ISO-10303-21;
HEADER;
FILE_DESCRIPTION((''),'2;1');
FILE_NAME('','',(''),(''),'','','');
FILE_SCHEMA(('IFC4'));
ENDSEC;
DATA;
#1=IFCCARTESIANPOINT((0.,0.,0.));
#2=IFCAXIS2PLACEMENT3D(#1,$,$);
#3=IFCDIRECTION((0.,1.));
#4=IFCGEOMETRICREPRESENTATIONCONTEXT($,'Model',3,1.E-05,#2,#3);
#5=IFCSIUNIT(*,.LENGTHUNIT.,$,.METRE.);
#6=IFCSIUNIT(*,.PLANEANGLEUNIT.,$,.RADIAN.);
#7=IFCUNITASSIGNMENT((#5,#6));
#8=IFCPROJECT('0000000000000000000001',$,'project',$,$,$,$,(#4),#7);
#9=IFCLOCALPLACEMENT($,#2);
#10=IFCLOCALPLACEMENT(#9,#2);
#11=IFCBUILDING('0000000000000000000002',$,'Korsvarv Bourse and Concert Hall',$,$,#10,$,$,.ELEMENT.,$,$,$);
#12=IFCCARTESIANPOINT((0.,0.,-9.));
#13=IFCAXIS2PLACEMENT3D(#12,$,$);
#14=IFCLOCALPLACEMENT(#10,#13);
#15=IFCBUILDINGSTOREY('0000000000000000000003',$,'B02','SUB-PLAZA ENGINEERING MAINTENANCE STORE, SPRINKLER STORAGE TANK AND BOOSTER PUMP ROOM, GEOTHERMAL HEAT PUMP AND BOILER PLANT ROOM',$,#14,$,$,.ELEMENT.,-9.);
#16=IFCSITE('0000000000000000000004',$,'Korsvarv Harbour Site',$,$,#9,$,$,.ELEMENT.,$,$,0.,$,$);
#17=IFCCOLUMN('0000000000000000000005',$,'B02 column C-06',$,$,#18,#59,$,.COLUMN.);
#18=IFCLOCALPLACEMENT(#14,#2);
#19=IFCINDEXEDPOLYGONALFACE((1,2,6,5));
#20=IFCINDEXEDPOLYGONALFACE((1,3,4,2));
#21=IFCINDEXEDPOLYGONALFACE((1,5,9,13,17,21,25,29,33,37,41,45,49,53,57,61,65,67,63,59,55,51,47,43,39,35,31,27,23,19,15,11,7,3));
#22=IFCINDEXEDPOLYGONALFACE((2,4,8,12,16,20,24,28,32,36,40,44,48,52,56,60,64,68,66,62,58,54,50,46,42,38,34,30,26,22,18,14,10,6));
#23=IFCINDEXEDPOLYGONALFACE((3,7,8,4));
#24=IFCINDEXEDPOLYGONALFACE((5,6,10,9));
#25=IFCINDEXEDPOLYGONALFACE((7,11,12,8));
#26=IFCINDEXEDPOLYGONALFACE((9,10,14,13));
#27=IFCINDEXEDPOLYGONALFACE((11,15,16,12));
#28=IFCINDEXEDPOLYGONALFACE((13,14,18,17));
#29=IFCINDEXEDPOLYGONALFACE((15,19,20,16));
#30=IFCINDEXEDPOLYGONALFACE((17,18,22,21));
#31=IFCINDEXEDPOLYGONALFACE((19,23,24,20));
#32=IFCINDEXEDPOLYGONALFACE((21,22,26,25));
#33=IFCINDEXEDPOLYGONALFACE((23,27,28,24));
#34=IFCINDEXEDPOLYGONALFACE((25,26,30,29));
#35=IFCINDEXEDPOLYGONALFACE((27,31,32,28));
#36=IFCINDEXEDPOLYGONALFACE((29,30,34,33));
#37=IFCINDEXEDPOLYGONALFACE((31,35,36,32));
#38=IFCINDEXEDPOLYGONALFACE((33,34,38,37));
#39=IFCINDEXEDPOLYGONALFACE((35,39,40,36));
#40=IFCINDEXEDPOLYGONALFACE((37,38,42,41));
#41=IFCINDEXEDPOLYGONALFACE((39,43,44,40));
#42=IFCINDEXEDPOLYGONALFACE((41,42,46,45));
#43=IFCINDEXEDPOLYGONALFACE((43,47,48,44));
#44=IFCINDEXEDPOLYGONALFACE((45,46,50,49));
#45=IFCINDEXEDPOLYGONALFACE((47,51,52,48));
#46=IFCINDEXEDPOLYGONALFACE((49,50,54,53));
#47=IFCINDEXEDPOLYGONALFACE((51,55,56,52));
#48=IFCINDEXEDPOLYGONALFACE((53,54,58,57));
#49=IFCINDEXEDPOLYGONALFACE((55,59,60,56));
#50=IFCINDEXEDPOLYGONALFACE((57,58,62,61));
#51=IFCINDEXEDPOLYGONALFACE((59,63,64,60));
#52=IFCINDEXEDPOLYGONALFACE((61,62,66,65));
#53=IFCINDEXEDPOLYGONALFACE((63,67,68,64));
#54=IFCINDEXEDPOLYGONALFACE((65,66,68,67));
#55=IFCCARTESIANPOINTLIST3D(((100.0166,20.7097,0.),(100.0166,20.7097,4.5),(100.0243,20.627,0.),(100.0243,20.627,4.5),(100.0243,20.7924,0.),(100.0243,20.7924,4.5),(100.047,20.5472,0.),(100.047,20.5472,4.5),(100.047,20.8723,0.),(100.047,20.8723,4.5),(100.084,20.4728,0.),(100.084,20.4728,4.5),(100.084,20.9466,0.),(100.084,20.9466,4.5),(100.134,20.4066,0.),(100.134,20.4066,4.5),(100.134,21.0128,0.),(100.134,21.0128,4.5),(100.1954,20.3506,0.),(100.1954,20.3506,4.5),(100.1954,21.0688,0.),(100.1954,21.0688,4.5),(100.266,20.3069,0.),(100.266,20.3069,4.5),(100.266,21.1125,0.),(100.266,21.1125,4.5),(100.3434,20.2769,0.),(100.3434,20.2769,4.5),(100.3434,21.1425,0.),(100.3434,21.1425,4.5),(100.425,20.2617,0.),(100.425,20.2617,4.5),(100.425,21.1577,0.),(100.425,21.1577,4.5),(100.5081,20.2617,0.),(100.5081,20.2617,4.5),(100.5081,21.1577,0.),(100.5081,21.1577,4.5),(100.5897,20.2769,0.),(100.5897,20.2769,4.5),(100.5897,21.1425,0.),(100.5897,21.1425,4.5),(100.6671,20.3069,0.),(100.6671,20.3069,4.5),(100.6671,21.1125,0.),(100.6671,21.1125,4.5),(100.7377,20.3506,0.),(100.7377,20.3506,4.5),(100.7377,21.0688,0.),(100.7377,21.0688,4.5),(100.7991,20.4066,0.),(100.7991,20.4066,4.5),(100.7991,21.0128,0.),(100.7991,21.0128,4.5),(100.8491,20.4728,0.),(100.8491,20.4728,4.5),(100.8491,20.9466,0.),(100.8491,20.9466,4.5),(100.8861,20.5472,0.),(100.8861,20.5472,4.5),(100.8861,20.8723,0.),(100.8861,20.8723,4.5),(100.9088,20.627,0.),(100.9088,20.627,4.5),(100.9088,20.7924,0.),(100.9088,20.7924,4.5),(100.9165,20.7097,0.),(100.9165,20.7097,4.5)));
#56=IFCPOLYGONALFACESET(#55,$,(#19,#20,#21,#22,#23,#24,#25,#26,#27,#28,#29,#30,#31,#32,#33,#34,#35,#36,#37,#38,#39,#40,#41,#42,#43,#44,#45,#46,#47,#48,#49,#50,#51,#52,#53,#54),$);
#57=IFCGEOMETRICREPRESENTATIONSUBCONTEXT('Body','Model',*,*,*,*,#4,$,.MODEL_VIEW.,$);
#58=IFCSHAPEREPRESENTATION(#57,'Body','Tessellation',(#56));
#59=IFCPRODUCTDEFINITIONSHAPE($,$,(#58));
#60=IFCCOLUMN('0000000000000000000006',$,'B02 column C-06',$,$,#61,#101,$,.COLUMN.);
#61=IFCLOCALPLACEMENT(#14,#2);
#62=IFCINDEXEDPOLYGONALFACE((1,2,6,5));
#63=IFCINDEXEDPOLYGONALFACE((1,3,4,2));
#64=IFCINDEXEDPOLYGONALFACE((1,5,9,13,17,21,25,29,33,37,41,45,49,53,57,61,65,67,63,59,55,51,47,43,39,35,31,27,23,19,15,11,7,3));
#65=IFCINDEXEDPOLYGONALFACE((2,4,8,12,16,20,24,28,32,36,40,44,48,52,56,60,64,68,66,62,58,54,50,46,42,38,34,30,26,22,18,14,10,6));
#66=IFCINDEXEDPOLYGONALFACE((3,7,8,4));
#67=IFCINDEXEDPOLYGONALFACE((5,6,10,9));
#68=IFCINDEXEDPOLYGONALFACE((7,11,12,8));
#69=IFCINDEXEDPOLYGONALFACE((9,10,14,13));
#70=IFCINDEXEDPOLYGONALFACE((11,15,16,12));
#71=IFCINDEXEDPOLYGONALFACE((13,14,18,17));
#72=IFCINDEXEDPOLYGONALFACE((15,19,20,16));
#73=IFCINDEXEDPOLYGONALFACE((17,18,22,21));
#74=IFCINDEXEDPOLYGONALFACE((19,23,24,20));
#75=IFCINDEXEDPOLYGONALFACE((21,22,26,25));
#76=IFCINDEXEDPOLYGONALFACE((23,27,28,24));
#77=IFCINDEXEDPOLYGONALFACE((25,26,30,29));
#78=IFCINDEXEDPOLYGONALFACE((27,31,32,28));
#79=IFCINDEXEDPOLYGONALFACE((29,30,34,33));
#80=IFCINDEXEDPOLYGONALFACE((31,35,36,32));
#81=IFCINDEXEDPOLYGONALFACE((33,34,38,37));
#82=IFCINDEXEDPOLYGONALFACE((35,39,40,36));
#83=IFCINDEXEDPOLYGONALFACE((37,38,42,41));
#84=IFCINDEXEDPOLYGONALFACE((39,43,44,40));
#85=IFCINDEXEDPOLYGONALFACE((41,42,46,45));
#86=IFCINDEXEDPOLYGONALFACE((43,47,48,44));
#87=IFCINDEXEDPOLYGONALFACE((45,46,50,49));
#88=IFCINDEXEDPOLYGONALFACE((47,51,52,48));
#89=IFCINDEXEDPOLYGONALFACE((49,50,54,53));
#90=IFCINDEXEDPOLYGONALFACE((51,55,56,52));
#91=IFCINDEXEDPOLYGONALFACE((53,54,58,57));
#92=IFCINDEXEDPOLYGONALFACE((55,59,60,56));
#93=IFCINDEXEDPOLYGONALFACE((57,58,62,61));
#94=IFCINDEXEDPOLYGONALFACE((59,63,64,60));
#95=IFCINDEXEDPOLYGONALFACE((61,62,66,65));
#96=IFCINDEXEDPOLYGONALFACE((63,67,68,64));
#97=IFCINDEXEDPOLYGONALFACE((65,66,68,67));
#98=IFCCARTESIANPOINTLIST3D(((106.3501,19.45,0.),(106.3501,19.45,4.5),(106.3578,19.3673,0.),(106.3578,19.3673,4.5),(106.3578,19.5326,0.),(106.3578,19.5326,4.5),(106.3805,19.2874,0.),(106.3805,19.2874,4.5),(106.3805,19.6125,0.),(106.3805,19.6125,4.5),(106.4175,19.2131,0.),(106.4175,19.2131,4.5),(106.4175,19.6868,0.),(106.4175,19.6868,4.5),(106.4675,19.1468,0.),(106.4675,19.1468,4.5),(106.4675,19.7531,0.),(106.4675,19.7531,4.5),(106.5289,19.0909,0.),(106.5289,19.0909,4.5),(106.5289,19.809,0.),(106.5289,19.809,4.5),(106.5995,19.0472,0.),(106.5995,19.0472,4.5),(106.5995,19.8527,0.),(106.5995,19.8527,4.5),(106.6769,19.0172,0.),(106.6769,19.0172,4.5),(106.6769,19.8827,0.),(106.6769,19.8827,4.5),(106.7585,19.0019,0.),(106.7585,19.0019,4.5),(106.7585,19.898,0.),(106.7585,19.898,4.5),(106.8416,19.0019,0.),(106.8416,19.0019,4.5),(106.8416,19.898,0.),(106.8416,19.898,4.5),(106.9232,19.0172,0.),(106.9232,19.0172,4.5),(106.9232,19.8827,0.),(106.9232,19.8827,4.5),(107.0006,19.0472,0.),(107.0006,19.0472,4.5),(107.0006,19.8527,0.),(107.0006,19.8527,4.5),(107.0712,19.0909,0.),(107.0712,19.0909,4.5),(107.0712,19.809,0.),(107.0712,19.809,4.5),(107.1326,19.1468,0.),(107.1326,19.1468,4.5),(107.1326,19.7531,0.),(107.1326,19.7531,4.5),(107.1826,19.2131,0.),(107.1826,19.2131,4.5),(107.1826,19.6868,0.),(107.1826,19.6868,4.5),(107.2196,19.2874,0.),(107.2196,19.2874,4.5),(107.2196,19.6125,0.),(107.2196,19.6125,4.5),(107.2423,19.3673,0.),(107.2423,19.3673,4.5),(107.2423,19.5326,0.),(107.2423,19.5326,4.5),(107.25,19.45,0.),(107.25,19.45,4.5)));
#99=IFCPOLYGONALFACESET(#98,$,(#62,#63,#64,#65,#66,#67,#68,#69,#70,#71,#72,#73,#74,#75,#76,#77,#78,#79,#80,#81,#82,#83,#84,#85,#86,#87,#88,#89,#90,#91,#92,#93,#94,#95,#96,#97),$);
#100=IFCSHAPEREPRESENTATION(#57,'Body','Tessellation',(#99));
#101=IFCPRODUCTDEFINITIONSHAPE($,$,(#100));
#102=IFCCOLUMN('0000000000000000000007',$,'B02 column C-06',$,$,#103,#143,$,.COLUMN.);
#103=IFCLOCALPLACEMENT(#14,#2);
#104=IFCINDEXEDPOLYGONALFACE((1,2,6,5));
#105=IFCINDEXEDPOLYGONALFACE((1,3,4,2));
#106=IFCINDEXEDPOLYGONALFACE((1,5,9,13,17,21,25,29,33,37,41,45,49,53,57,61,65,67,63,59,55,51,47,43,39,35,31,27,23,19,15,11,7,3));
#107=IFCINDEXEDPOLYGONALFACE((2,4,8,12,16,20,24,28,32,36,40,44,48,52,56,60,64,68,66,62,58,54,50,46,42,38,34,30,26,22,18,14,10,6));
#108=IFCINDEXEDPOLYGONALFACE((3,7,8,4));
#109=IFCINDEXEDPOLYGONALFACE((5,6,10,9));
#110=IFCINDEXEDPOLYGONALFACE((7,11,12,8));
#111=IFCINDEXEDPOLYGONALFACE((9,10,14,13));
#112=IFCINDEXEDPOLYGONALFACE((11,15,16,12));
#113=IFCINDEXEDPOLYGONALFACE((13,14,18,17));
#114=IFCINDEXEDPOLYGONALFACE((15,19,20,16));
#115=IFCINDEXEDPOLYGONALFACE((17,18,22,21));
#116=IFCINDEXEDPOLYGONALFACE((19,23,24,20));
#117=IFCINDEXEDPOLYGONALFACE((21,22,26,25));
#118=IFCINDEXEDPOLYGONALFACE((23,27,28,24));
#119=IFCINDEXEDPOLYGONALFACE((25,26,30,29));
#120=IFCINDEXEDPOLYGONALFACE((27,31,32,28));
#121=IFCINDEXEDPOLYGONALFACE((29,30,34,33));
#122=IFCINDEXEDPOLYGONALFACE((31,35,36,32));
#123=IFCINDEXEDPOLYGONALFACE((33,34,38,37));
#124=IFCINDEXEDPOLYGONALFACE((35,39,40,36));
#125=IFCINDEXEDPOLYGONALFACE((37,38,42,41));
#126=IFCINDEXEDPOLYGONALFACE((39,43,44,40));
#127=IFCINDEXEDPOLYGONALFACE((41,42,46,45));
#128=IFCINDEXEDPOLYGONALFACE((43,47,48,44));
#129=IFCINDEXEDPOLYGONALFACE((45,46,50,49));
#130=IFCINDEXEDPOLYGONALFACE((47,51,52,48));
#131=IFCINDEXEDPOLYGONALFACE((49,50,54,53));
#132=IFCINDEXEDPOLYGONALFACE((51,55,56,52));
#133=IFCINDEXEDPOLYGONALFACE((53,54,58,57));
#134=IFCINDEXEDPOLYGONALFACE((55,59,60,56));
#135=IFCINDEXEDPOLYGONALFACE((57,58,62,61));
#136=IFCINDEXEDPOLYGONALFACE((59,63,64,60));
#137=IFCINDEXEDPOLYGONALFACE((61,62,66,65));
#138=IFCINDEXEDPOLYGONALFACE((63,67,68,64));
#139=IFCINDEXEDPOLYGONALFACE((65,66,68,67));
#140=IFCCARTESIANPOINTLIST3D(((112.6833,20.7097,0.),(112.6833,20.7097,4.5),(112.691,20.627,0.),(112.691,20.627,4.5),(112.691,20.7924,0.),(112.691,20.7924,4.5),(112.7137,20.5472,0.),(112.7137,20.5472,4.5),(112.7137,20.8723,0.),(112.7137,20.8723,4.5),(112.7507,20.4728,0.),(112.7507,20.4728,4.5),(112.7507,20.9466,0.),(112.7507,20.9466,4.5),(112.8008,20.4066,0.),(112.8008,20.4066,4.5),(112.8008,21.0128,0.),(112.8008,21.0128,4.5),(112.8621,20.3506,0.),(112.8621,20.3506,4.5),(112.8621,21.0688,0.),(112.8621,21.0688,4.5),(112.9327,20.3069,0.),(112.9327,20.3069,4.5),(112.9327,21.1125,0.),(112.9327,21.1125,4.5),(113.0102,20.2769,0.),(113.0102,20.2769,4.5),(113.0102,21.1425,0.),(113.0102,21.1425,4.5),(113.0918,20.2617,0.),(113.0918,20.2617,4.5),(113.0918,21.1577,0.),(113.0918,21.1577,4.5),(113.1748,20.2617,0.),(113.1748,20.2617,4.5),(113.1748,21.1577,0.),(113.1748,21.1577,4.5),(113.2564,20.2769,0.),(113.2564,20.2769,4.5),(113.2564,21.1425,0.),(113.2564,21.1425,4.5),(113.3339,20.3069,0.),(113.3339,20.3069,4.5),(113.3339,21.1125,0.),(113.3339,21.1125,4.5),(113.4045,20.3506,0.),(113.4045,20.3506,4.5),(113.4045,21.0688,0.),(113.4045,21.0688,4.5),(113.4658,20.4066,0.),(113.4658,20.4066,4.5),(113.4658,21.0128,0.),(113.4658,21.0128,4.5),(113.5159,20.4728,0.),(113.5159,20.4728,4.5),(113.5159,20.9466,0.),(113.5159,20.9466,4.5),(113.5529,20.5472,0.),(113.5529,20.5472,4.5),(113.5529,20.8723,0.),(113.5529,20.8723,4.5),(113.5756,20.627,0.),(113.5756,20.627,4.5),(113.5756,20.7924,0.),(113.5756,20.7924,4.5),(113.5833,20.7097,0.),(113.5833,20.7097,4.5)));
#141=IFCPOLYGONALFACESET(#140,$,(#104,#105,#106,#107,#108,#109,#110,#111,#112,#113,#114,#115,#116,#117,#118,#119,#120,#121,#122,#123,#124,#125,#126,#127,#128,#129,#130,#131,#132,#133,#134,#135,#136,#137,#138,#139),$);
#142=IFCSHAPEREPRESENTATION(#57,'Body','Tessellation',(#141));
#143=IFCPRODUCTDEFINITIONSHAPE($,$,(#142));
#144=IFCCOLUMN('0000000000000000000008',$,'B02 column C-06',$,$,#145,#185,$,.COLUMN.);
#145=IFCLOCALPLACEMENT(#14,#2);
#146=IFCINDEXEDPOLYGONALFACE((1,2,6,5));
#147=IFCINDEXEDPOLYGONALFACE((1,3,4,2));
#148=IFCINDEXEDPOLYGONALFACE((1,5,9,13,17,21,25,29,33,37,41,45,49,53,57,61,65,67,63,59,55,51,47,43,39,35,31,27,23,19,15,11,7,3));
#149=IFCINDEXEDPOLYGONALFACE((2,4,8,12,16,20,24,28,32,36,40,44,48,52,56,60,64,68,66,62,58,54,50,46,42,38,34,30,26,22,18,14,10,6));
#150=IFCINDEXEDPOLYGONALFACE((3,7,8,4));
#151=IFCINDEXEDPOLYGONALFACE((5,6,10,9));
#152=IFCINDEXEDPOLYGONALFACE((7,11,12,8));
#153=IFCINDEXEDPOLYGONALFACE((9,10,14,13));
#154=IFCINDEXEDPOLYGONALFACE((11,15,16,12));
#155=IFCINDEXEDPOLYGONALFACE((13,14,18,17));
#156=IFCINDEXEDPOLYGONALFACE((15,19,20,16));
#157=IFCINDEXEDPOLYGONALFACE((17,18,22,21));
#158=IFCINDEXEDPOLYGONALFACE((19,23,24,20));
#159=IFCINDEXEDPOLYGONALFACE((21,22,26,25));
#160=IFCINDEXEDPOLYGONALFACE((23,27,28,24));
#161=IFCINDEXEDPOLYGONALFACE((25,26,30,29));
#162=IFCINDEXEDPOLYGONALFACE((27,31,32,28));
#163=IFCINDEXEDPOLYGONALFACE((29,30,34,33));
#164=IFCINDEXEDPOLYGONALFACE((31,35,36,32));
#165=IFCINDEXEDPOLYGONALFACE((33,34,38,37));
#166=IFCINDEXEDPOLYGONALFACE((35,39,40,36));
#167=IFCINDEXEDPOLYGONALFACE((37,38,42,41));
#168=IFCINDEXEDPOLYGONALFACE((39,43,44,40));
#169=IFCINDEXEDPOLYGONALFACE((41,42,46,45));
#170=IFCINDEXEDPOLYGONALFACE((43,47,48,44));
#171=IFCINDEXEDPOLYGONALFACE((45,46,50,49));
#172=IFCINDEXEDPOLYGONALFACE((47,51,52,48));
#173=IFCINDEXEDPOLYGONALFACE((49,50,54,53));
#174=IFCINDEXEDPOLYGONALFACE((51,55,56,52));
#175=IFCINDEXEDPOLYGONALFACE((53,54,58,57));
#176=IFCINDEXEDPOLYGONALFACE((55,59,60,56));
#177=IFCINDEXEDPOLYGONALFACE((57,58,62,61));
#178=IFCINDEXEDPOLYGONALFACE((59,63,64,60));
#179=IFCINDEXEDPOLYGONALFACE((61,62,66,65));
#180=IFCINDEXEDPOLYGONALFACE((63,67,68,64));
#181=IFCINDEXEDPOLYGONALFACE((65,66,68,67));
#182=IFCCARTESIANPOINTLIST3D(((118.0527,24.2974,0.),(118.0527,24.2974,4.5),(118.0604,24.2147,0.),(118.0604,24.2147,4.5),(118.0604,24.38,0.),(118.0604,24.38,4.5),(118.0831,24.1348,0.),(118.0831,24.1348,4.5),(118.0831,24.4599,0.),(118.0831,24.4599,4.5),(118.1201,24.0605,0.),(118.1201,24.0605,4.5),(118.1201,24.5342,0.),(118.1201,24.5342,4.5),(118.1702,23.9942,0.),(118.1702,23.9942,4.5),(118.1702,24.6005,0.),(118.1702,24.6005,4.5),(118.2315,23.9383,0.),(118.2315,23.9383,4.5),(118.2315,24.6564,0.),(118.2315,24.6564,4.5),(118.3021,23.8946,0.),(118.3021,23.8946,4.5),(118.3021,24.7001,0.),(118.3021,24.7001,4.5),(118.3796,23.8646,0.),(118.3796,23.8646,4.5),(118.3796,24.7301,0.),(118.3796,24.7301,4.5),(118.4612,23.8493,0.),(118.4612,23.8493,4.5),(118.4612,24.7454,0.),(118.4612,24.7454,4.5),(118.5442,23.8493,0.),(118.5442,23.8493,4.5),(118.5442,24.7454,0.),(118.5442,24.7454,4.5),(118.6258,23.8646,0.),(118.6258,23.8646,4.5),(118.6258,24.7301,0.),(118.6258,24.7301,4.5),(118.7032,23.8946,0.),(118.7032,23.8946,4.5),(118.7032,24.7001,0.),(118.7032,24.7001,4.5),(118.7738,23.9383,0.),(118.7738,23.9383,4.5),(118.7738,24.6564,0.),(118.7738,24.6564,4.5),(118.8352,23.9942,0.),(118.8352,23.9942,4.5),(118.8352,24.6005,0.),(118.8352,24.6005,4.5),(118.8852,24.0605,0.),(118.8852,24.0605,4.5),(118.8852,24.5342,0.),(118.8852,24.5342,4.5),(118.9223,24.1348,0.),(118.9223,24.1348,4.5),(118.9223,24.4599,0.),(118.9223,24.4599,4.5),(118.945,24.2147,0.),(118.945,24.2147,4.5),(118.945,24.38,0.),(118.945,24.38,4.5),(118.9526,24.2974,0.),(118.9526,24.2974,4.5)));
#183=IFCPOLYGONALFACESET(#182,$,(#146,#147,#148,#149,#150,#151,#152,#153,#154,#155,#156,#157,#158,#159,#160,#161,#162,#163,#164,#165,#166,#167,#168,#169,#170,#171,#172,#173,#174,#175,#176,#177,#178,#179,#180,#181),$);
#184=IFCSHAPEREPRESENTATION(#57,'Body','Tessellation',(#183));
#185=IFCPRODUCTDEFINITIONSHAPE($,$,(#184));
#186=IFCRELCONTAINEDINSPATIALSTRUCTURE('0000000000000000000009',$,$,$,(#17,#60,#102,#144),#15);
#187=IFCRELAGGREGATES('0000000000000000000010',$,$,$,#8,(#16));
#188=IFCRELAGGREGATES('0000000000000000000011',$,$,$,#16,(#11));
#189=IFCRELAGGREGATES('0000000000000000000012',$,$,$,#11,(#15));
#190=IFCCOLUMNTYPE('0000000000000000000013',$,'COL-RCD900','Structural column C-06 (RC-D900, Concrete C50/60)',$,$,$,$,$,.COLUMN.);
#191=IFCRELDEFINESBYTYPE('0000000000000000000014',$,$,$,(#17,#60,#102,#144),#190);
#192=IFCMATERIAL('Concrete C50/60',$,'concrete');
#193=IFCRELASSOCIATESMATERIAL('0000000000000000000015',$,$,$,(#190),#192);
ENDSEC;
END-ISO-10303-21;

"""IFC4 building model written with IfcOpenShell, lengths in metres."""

from ifc_helpers import new_model, si_unit, direction, frame, origin, origin_2d, place, context, subcontext, project, spatial, circle, extrude, source, transform, mapped, material, material_profile, profile_set, type_object, element, save


model = new_model("IFC4")

# Units and contexts
model_context = context("Model", 3, precision=1e-05, world=origin(), true_north=direction((0.0, 1.0)))
body_context = subcontext(model_context, "Body", "Model", "MODEL_VIEW")
ifc_project = project(units=[si_unit("LENGTHUNIT", "METRE"), si_unit("PLANEANGLEUNIT", "RADIAN")], contexts=[model_context])

# Site, building, storey
site_placement = place(None, origin())
site = spatial("IfcSite", under=ifc_project, at=site_placement, Name="Korsvarv Harbour Site", CompositionType="ELEMENT", RefElevation=0.0)
building_placement = place(site_placement, origin())
building = spatial("IfcBuilding", under=site, at=building_placement, Name="Korsvarv Bourse and Concert Hall", CompositionType="ELEMENT")
storey_placement = place(building_placement, frame((0.0, 0.0, -9.0)))
storey = spatial("IfcBuildingStorey", under=building, at=storey_placement, Name="B02", Description="SUB-PLAZA ENGINEERING MAINTENANCE STORE, SPRINKLER STORAGE TANK AND BOOSTER PUMP ROOM, GEOTHERMAL HEAT PUMP AND BOILER PLANT ROOM", CompositionType="ELEMENT", Elevation=-9.0)

# Columns
ifc_material_1 = material(Name="Concrete C50/60", Category="concrete")
ifc_material_profile_1 = material_profile(ifc_material_1, circle(Radius=0.45, at=origin_2d()), Name="RC-D900")
ifc_profile_set_1 = profile_set([ifc_material_profile_1], Name="Concrete C50/60")
column_type_1 = type_object("IfcColumnType", Name="COL-RCD900", Description="Structural column C-06 (RC-D900, Concrete C50/60)", PredefinedType="COLUMN", material=ifc_profile_set_1)
shared_shape_1 = source(origin(), body_context, "Body", "SweptSolid", [
    extrude(circle(Radius=0.45, at=origin_2d()), origin(), (0.0, 0.0, 1.0), 4.5),
])
for number, where, z_axis, x_axis, name in (
    (1, (100.4666, 20.7097, 0.0), (0.0, 0.0, 1.0), (1.0, 0.0, 0.0), "B02 column C-06"),
    (2, (106.8, 19.45, 0.0), (0.0, 0.0, 1.0), (1.0, 0.0, 0.0), "B02 column C-06"),
    (3, (113.1333, 20.7097, 0.0), (0.0, 0.0, 1.0), (1.0, 0.0, 0.0), "B02 column C-06"),
    (4, (118.5027, 24.2974, 0.0), (0.0, 0.0, 1.0), (1.0, 0.0, 0.0), "B02 column C-06"),
):
    element("IfcColumn", number, at=place(storey_placement, frame(where, z_axis=z_axis, x_axis=x_axis)), inside=storey, type_object=column_type_1, Name=name, PredefinedType="COLUMN", context=body_context, shape_type="MappedRepresentation", body=[
        mapped(shared_shape_1, transform((0.0, 0.0, 0.0), scale=1.0)),
    ])

save(model, "model.ifc")
